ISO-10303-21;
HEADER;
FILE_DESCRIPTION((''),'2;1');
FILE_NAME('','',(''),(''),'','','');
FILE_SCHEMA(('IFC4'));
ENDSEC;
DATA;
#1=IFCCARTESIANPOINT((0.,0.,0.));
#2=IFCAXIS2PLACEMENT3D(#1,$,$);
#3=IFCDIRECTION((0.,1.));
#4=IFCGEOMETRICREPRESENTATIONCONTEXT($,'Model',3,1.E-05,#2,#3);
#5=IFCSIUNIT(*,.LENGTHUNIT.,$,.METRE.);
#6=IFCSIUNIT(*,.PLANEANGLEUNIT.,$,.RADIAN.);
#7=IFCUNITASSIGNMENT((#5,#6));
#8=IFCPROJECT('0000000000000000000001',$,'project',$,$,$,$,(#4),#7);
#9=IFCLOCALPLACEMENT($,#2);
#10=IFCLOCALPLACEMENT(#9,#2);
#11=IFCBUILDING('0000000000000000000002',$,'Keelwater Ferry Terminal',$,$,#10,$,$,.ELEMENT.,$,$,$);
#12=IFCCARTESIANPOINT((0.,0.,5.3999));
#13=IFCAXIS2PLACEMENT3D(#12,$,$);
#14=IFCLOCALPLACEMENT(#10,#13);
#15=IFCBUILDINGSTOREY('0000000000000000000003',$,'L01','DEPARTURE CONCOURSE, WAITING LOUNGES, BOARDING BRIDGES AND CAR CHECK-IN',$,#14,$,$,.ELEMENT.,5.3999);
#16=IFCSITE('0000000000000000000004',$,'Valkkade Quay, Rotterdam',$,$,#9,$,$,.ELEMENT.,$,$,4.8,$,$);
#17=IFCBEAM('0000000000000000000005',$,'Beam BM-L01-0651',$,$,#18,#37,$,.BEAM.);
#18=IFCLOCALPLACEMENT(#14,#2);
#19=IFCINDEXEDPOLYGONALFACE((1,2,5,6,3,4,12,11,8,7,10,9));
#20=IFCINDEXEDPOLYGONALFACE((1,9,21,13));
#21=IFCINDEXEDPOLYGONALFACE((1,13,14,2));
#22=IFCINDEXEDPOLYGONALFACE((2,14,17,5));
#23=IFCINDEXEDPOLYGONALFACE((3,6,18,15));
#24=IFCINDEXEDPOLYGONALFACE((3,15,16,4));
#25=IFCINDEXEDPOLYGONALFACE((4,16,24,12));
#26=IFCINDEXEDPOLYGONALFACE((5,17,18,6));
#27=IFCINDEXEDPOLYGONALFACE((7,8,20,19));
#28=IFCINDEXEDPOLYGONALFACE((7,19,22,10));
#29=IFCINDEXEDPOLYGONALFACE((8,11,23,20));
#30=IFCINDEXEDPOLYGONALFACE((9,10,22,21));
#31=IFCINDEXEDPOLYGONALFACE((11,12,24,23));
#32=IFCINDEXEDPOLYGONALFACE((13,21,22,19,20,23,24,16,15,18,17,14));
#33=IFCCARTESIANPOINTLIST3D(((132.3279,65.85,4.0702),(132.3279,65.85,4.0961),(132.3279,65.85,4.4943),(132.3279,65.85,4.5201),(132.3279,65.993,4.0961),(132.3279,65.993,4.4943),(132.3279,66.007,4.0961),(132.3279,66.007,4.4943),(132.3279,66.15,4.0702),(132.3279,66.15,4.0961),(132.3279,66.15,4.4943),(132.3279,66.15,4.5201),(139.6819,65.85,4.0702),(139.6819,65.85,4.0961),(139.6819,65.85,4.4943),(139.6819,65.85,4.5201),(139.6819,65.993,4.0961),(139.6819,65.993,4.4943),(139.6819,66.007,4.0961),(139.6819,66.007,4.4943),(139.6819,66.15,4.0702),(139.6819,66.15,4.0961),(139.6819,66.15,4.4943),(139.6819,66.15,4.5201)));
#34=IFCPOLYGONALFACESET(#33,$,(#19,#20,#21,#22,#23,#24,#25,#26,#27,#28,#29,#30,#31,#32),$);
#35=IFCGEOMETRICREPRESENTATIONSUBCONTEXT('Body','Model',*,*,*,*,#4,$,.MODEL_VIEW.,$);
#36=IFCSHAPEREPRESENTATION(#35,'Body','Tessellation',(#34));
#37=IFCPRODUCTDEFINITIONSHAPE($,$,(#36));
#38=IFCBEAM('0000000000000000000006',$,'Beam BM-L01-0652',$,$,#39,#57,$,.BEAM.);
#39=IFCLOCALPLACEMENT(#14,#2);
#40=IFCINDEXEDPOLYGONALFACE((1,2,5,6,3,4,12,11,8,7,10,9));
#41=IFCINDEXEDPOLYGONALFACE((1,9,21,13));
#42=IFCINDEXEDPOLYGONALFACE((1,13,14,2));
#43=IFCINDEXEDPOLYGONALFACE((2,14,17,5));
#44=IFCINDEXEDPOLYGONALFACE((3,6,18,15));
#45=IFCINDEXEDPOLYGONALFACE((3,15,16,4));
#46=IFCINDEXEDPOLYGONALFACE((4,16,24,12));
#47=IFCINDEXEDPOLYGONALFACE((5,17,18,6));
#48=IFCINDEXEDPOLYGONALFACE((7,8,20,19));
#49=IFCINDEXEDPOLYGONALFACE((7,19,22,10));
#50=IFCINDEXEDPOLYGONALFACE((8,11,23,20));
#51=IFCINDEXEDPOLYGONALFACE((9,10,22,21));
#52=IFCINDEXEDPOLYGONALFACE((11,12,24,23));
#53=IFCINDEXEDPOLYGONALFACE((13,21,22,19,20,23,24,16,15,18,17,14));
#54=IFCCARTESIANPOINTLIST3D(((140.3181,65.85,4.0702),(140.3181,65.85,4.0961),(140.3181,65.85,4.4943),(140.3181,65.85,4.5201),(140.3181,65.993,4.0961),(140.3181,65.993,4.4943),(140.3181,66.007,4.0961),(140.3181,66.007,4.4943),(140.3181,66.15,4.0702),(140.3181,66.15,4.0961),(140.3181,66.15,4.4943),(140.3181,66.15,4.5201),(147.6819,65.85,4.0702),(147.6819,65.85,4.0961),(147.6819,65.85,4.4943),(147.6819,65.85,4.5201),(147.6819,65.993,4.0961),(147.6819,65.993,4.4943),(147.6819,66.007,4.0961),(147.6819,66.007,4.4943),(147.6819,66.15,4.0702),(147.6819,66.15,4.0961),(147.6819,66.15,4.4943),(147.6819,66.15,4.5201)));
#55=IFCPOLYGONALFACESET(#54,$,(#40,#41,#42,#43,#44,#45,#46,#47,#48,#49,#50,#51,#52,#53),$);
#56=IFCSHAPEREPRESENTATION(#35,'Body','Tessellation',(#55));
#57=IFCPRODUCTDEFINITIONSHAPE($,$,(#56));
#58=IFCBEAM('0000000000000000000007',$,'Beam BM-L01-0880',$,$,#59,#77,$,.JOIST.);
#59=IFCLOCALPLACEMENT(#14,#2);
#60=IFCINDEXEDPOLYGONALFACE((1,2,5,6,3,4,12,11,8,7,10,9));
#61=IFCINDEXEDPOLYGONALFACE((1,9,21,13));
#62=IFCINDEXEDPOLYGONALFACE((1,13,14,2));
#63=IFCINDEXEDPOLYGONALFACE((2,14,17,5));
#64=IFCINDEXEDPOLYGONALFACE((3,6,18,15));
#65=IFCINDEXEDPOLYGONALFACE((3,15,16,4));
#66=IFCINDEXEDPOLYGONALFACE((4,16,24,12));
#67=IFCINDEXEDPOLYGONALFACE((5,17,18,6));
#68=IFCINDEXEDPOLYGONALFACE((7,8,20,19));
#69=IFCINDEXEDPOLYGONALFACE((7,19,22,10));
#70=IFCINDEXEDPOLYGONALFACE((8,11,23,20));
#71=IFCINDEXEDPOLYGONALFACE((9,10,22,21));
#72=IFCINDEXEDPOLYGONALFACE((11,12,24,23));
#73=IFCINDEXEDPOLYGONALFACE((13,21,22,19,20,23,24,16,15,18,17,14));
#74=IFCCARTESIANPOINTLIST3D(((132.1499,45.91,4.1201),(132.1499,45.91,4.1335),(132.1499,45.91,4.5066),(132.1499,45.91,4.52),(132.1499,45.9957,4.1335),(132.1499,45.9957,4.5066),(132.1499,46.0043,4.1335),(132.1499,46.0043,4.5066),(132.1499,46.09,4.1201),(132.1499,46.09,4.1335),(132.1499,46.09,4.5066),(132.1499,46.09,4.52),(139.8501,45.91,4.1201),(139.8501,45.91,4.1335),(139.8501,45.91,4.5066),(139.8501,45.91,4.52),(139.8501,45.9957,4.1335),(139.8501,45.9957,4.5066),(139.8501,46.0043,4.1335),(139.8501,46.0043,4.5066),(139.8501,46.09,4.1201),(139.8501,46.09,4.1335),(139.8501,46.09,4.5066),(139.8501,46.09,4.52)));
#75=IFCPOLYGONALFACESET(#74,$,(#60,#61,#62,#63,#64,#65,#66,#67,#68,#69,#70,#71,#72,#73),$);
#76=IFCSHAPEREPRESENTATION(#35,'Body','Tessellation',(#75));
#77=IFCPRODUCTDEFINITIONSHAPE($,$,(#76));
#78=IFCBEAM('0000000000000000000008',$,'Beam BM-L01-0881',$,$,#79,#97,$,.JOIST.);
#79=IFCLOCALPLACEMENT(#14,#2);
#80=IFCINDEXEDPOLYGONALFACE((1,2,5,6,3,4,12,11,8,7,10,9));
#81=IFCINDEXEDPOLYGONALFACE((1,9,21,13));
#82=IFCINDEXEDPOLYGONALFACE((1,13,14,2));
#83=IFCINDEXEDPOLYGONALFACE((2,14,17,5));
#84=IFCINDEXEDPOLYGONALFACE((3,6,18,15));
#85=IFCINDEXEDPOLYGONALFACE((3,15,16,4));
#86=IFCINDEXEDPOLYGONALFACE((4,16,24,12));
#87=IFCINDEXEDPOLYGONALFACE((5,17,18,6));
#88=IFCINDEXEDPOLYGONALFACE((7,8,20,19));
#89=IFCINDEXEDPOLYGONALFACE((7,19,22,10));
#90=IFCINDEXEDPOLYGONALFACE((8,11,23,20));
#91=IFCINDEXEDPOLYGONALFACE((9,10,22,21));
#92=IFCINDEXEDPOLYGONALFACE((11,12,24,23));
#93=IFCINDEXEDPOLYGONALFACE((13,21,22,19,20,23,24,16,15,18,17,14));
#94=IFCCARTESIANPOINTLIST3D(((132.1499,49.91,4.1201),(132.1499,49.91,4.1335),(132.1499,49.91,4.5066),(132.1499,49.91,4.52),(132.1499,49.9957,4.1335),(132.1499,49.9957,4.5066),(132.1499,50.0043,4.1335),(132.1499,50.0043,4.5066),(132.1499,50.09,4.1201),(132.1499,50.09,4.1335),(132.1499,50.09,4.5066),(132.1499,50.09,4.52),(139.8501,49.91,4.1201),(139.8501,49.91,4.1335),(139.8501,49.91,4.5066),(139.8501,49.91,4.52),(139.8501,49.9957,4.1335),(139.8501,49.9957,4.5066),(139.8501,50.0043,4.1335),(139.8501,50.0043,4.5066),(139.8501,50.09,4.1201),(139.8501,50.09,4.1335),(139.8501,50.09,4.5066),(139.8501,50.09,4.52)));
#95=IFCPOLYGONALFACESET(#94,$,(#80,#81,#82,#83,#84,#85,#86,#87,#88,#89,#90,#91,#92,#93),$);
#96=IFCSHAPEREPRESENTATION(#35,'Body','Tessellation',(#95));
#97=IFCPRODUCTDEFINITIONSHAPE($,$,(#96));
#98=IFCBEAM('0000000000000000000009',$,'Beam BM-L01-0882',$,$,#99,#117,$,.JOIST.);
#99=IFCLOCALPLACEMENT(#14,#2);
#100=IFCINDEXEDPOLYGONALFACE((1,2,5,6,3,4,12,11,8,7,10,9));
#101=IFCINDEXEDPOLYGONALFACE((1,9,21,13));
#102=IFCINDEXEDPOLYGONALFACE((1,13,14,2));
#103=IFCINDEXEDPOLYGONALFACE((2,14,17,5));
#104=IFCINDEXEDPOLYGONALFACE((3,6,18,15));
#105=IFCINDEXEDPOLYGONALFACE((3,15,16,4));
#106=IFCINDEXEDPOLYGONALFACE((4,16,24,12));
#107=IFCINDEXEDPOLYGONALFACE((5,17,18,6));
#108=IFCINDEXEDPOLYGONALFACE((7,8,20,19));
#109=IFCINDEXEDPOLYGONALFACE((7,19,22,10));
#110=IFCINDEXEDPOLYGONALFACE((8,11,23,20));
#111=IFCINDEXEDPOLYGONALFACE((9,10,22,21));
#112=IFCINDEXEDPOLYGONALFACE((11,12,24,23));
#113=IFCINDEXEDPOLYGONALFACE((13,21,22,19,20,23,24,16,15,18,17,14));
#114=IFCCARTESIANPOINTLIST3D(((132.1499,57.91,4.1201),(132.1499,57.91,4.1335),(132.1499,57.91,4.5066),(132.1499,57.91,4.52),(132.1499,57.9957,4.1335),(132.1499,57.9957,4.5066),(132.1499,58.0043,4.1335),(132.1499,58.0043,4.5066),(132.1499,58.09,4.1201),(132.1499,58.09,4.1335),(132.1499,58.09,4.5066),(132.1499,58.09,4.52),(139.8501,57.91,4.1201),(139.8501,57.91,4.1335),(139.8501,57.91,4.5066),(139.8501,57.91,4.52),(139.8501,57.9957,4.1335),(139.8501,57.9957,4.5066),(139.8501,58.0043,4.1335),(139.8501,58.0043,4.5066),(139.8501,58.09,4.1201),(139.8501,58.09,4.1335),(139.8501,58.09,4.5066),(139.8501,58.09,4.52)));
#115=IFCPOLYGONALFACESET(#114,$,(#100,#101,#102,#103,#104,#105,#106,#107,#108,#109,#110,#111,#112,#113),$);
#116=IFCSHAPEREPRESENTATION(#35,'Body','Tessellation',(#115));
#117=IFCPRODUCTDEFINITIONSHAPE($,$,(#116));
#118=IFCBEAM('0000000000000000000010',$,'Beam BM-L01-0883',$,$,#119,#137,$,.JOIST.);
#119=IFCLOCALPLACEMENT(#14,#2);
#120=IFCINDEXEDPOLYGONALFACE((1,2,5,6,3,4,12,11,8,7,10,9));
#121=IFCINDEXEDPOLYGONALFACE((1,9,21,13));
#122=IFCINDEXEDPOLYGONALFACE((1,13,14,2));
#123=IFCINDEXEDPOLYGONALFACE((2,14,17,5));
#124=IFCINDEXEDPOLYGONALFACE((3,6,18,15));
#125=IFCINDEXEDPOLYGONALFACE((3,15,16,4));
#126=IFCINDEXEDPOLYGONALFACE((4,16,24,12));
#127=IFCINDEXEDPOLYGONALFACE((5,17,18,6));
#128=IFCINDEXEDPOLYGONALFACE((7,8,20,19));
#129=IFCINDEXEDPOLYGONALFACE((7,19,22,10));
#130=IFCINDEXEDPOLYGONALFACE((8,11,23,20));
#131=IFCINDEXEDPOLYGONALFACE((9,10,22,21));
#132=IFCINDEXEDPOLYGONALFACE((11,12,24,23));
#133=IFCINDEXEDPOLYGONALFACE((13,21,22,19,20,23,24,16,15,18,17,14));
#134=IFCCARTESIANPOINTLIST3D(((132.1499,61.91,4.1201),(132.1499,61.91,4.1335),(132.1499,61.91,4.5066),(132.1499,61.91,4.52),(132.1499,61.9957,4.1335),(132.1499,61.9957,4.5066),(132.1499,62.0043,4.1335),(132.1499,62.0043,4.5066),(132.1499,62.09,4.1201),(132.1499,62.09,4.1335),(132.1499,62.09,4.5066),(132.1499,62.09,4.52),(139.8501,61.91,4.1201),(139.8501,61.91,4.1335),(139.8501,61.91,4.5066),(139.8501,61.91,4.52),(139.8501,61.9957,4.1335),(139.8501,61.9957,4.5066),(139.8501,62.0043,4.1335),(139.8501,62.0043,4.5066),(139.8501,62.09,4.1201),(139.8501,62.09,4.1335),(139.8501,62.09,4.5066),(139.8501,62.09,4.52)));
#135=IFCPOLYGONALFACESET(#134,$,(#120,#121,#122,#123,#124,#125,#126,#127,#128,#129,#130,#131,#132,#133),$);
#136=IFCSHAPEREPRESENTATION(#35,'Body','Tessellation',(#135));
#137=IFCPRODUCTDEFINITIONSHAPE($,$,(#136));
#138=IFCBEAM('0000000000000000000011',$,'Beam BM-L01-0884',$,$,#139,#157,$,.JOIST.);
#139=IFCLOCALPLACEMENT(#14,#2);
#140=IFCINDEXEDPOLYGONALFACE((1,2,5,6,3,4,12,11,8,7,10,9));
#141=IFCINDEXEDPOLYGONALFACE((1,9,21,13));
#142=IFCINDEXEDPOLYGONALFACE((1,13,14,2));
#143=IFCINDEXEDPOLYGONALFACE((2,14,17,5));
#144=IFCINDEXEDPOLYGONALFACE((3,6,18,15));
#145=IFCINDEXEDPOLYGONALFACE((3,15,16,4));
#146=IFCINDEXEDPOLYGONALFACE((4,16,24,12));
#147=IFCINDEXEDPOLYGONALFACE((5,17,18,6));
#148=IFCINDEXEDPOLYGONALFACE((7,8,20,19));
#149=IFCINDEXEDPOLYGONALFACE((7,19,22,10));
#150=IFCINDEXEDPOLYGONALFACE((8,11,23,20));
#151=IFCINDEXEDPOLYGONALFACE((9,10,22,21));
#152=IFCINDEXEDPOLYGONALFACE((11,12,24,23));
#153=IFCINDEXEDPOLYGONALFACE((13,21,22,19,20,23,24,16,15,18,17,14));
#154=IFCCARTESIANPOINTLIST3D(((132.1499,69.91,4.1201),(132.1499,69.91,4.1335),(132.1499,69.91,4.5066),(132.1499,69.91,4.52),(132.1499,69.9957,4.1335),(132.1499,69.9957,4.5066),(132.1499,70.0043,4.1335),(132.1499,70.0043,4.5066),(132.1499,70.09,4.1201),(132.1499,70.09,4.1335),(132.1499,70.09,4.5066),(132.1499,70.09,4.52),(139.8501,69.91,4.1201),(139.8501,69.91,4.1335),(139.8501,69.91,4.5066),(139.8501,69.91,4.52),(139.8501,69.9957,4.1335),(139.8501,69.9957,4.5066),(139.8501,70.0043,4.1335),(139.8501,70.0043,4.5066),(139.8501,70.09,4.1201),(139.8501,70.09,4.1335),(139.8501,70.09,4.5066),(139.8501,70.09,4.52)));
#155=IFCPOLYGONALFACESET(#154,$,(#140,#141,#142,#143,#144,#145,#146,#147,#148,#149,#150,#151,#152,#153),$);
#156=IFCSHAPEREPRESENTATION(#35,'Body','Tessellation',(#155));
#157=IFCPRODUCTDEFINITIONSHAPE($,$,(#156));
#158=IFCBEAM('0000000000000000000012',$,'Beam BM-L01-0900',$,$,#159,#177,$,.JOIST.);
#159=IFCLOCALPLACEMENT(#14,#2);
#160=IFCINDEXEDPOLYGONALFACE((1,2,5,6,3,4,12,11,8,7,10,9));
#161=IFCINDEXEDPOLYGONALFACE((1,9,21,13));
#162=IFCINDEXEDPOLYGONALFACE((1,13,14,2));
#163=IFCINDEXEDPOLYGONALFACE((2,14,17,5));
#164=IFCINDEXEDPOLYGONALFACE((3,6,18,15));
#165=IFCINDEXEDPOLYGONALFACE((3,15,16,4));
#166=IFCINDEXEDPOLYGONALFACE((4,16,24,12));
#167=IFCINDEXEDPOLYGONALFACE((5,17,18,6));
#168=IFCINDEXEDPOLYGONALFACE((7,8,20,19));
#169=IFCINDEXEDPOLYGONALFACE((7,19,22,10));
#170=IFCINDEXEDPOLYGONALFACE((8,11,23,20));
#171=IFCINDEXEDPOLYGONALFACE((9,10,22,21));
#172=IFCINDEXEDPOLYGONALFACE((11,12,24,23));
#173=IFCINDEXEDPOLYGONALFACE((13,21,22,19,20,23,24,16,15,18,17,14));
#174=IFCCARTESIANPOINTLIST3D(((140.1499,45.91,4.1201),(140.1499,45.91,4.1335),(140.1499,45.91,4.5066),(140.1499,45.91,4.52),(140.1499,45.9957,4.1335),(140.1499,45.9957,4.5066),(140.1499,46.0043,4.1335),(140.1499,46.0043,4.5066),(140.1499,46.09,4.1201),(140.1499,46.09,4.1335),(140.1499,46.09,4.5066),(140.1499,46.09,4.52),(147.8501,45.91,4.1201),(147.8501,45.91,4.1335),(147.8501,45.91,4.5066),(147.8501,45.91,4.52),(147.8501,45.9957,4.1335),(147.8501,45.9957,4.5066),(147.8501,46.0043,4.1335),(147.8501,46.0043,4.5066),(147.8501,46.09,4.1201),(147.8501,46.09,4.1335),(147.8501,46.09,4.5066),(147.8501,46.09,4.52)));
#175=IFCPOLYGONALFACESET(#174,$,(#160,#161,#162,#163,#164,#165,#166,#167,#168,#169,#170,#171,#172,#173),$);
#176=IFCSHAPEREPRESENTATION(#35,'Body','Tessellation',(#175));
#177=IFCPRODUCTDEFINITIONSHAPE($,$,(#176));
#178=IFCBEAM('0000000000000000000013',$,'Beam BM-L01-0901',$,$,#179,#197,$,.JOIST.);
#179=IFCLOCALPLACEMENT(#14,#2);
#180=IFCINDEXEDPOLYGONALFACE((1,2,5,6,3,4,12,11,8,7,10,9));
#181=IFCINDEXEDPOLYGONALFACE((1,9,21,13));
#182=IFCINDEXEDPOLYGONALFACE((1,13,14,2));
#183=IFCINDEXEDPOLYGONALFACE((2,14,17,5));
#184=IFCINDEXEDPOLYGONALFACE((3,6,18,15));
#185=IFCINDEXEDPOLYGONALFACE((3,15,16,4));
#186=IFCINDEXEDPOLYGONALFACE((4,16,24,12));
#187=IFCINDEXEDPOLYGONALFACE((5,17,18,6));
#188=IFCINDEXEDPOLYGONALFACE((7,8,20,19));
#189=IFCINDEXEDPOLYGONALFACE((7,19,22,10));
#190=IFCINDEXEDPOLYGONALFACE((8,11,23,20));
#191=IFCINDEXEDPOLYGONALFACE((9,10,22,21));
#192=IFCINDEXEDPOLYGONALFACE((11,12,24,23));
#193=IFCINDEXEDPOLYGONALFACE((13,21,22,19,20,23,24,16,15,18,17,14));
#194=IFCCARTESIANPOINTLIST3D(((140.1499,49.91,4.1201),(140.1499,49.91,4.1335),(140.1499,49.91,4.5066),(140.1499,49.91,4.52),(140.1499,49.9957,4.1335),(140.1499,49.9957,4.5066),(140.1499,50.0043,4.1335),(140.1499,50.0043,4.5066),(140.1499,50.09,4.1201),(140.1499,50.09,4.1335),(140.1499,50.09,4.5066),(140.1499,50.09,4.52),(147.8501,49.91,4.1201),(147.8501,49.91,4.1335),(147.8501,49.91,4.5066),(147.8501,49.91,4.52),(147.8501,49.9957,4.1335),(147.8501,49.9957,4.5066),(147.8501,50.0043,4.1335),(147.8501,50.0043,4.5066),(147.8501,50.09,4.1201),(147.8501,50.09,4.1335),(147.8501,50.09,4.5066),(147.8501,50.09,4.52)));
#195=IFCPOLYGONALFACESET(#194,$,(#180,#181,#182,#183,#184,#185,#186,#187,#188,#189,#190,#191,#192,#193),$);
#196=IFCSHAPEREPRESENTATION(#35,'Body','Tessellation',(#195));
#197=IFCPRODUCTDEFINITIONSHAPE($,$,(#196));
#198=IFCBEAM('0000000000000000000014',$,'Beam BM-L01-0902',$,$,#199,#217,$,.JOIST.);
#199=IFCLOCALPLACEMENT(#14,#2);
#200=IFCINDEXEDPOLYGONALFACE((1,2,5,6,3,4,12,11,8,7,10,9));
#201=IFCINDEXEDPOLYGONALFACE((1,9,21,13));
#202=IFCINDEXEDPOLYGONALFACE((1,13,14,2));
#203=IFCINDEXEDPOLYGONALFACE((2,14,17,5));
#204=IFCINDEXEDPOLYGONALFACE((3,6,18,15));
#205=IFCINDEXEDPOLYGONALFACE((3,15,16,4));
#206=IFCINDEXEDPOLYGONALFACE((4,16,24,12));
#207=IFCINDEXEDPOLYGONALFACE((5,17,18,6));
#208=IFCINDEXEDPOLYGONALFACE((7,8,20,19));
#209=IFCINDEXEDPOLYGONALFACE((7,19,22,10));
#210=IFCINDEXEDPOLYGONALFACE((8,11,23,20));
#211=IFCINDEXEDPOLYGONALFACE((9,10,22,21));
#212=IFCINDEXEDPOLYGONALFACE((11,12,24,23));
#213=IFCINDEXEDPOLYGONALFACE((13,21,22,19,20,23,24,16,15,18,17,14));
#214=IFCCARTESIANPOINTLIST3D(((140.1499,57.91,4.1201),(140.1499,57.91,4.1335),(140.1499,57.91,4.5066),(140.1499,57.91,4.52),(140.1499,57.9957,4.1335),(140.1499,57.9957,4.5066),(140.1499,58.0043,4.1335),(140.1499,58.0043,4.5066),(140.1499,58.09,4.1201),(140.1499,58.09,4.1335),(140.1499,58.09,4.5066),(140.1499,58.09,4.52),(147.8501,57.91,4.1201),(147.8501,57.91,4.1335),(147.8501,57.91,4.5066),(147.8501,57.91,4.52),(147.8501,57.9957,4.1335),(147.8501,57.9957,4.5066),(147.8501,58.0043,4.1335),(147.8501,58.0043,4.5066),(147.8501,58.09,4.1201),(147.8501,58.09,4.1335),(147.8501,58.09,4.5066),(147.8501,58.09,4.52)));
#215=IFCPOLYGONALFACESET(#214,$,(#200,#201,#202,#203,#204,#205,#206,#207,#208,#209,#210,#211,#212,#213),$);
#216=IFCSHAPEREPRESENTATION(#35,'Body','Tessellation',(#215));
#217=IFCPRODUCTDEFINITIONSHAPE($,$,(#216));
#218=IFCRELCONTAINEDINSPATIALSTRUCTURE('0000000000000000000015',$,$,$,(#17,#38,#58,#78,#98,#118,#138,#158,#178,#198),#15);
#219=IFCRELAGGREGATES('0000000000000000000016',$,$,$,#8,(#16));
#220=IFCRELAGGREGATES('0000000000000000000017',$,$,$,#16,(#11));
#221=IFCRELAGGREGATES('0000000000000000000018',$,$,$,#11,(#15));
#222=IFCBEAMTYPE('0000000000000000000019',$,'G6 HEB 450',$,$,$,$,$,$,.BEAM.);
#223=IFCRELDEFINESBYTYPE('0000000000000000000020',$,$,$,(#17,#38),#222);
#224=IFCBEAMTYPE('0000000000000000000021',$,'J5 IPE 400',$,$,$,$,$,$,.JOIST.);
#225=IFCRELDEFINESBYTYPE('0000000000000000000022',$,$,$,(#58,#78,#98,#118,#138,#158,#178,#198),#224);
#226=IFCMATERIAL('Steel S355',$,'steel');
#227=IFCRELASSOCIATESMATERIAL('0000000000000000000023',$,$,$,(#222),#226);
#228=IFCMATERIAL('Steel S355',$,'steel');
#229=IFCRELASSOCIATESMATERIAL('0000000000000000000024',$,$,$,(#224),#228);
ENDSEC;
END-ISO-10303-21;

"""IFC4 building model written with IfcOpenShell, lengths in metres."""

from ifc_helpers import new_model, si_unit, direction, frame, origin, origin_2d, place, context, subcontext, project, spatial, i_section, extrude, material, material_profile, profile_set, type_object, element, save


model = new_model("IFC4")

# Units and contexts
model_context = context("Model", 3, precision=1e-05, world=origin(), true_north=direction((0.0, 1.0)))
body_context = subcontext(model_context, "Body", "Model", "MODEL_VIEW")
ifc_project = project(units=[si_unit("LENGTHUNIT", "METRE"), si_unit("PLANEANGLEUNIT", "RADIAN")], contexts=[model_context])

# Site, building, storey
site_placement = place(None, origin())
site = spatial("IfcSite", under=ifc_project, at=site_placement, Name="Valkkade Quay, Rotterdam", CompositionType="ELEMENT", RefElevation=4.8)
building_placement = place(site_placement, origin())
building = spatial("IfcBuilding", under=site, at=building_placement, Name="Keelwater Ferry Terminal", CompositionType="ELEMENT")
storey_placement = place(building_placement, frame((0.0, 0.0, 5.3999)))
storey = spatial("IfcBuildingStorey", under=building, at=storey_placement, Name="L01", Description="DEPARTURE CONCOURSE, WAITING LOUNGES, BOARDING BRIDGES AND CAR CHECK-IN", CompositionType="ELEMENT", Elevation=5.3999)

# Beams
ifc_material_1 = material(Name="Steel S355", Category="steel")
ifc_material_profile_1 = material_profile(ifc_material_1, i_section(OverallWidth=0.3, OverallDepth=0.45, WebThickness=0.0139, FlangeThickness=0.0259, at=origin_2d()), Name="HEB 450")
ifc_profile_set_1 = profile_set([ifc_material_profile_1], Name="Steel S355")
beam_type_1 = type_object("IfcBeamType", Name="G6 HEB 450", PredefinedType="BEAM", material=ifc_profile_set_1)
beam_1_placement = place(storey_placement, frame((132.3279, 66.0, 4.2952), z_axis=(1.0, 0.0, 0.0), x_axis=(0.0, 1.0, 0.0)))
element("IfcBeam", 1, at=beam_1_placement, inside=storey, type_object=beam_type_1, Name="Beam BM-L01-0651", PredefinedType="BEAM", context=body_context, shape_type="SweptSolid", body=[
    extrude(i_section(OverallWidth=0.3, OverallDepth=0.45, WebThickness=0.0139, FlangeThickness=0.0259, at=origin_2d()), origin(), (0.0, 0.0, 1.0), 7.354),
])
beam_2_placement = place(storey_placement, frame((140.3181, 66.0, 4.2952), z_axis=(1.0, 0.0, 0.0), x_axis=(0.0, 1.0, 0.0)))
element("IfcBeam", 2, at=beam_2_placement, inside=storey, type_object=beam_type_1, Name="Beam BM-L01-0652", PredefinedType="BEAM", context=body_context, shape_type="SweptSolid", body=[
    extrude(i_section(OverallWidth=0.3, OverallDepth=0.45, WebThickness=0.0139, FlangeThickness=0.0259, at=origin_2d()), origin(), (0.0, 0.0, 1.0), 7.3638),
])
ifc_material_2 = material(Name="Steel S355", Category="steel")
ifc_material_profile_2 = material_profile(ifc_material_2, i_section(OverallWidth=0.1799, OverallDepth=0.3999, WebThickness=0.0085, FlangeThickness=0.0134, at=origin_2d()), Name="IPE 400")
ifc_profile_set_2 = profile_set([ifc_material_profile_2], Name="Steel S355")
beam_type_2 = type_object("IfcBeamType", Name="J5 IPE 400", PredefinedType="JOIST", material=ifc_profile_set_2)
for number, where, z_axis, x_axis, name in (
    (3, (132.1499, 46.0, 4.3201), (1.0, 0.0, 0.0), (0.0, 1.0, 0.0), "Beam BM-L01-0880"),
    (4, (132.1499, 50.0, 4.3201), (1.0, 0.0, 0.0), (0.0, 1.0, 0.0), "Beam BM-L01-0881"),
    (5, (132.1499, 58.0, 4.3201), (1.0, 0.0, 0.0), (0.0, 1.0, 0.0), "Beam BM-L01-0882"),
    (6, (132.1499, 62.0, 4.3201), (1.0, 0.0, 0.0), (0.0, 1.0, 0.0), "Beam BM-L01-0883"),
    (7, (132.1499, 70.0, 4.3201), (1.0, 0.0, 0.0), (0.0, 1.0, 0.0), "Beam BM-L01-0884"),
    (8, (140.1499, 46.0, 4.3201), (1.0, 0.0, 0.0), (0.0, 1.0, 0.0), "Beam BM-L01-0900"),
    (9, (140.1499, 50.0, 4.3201), (1.0, 0.0, 0.0), (0.0, 1.0, 0.0), "Beam BM-L01-0901"),
    (10, (140.1499, 58.0, 4.3201), (1.0, 0.0, 0.0), (0.0, 1.0, 0.0), "Beam BM-L01-0902"),
):
    element("IfcBeam", number, at=place(storey_placement, frame(where, z_axis=z_axis, x_axis=x_axis)), inside=storey, type_object=beam_type_2, Name=name, PredefinedType="JOIST", context=body_context, shape_type="SweptSolid", body=[
        extrude(i_section(OverallWidth=0.1799, OverallDepth=0.3999, WebThickness=0.0085, FlangeThickness=0.0134, at=origin_2d()), origin(), (0.0, 0.0, 1.0), 7.7002),
    ])

save(model, "model.ifc")
